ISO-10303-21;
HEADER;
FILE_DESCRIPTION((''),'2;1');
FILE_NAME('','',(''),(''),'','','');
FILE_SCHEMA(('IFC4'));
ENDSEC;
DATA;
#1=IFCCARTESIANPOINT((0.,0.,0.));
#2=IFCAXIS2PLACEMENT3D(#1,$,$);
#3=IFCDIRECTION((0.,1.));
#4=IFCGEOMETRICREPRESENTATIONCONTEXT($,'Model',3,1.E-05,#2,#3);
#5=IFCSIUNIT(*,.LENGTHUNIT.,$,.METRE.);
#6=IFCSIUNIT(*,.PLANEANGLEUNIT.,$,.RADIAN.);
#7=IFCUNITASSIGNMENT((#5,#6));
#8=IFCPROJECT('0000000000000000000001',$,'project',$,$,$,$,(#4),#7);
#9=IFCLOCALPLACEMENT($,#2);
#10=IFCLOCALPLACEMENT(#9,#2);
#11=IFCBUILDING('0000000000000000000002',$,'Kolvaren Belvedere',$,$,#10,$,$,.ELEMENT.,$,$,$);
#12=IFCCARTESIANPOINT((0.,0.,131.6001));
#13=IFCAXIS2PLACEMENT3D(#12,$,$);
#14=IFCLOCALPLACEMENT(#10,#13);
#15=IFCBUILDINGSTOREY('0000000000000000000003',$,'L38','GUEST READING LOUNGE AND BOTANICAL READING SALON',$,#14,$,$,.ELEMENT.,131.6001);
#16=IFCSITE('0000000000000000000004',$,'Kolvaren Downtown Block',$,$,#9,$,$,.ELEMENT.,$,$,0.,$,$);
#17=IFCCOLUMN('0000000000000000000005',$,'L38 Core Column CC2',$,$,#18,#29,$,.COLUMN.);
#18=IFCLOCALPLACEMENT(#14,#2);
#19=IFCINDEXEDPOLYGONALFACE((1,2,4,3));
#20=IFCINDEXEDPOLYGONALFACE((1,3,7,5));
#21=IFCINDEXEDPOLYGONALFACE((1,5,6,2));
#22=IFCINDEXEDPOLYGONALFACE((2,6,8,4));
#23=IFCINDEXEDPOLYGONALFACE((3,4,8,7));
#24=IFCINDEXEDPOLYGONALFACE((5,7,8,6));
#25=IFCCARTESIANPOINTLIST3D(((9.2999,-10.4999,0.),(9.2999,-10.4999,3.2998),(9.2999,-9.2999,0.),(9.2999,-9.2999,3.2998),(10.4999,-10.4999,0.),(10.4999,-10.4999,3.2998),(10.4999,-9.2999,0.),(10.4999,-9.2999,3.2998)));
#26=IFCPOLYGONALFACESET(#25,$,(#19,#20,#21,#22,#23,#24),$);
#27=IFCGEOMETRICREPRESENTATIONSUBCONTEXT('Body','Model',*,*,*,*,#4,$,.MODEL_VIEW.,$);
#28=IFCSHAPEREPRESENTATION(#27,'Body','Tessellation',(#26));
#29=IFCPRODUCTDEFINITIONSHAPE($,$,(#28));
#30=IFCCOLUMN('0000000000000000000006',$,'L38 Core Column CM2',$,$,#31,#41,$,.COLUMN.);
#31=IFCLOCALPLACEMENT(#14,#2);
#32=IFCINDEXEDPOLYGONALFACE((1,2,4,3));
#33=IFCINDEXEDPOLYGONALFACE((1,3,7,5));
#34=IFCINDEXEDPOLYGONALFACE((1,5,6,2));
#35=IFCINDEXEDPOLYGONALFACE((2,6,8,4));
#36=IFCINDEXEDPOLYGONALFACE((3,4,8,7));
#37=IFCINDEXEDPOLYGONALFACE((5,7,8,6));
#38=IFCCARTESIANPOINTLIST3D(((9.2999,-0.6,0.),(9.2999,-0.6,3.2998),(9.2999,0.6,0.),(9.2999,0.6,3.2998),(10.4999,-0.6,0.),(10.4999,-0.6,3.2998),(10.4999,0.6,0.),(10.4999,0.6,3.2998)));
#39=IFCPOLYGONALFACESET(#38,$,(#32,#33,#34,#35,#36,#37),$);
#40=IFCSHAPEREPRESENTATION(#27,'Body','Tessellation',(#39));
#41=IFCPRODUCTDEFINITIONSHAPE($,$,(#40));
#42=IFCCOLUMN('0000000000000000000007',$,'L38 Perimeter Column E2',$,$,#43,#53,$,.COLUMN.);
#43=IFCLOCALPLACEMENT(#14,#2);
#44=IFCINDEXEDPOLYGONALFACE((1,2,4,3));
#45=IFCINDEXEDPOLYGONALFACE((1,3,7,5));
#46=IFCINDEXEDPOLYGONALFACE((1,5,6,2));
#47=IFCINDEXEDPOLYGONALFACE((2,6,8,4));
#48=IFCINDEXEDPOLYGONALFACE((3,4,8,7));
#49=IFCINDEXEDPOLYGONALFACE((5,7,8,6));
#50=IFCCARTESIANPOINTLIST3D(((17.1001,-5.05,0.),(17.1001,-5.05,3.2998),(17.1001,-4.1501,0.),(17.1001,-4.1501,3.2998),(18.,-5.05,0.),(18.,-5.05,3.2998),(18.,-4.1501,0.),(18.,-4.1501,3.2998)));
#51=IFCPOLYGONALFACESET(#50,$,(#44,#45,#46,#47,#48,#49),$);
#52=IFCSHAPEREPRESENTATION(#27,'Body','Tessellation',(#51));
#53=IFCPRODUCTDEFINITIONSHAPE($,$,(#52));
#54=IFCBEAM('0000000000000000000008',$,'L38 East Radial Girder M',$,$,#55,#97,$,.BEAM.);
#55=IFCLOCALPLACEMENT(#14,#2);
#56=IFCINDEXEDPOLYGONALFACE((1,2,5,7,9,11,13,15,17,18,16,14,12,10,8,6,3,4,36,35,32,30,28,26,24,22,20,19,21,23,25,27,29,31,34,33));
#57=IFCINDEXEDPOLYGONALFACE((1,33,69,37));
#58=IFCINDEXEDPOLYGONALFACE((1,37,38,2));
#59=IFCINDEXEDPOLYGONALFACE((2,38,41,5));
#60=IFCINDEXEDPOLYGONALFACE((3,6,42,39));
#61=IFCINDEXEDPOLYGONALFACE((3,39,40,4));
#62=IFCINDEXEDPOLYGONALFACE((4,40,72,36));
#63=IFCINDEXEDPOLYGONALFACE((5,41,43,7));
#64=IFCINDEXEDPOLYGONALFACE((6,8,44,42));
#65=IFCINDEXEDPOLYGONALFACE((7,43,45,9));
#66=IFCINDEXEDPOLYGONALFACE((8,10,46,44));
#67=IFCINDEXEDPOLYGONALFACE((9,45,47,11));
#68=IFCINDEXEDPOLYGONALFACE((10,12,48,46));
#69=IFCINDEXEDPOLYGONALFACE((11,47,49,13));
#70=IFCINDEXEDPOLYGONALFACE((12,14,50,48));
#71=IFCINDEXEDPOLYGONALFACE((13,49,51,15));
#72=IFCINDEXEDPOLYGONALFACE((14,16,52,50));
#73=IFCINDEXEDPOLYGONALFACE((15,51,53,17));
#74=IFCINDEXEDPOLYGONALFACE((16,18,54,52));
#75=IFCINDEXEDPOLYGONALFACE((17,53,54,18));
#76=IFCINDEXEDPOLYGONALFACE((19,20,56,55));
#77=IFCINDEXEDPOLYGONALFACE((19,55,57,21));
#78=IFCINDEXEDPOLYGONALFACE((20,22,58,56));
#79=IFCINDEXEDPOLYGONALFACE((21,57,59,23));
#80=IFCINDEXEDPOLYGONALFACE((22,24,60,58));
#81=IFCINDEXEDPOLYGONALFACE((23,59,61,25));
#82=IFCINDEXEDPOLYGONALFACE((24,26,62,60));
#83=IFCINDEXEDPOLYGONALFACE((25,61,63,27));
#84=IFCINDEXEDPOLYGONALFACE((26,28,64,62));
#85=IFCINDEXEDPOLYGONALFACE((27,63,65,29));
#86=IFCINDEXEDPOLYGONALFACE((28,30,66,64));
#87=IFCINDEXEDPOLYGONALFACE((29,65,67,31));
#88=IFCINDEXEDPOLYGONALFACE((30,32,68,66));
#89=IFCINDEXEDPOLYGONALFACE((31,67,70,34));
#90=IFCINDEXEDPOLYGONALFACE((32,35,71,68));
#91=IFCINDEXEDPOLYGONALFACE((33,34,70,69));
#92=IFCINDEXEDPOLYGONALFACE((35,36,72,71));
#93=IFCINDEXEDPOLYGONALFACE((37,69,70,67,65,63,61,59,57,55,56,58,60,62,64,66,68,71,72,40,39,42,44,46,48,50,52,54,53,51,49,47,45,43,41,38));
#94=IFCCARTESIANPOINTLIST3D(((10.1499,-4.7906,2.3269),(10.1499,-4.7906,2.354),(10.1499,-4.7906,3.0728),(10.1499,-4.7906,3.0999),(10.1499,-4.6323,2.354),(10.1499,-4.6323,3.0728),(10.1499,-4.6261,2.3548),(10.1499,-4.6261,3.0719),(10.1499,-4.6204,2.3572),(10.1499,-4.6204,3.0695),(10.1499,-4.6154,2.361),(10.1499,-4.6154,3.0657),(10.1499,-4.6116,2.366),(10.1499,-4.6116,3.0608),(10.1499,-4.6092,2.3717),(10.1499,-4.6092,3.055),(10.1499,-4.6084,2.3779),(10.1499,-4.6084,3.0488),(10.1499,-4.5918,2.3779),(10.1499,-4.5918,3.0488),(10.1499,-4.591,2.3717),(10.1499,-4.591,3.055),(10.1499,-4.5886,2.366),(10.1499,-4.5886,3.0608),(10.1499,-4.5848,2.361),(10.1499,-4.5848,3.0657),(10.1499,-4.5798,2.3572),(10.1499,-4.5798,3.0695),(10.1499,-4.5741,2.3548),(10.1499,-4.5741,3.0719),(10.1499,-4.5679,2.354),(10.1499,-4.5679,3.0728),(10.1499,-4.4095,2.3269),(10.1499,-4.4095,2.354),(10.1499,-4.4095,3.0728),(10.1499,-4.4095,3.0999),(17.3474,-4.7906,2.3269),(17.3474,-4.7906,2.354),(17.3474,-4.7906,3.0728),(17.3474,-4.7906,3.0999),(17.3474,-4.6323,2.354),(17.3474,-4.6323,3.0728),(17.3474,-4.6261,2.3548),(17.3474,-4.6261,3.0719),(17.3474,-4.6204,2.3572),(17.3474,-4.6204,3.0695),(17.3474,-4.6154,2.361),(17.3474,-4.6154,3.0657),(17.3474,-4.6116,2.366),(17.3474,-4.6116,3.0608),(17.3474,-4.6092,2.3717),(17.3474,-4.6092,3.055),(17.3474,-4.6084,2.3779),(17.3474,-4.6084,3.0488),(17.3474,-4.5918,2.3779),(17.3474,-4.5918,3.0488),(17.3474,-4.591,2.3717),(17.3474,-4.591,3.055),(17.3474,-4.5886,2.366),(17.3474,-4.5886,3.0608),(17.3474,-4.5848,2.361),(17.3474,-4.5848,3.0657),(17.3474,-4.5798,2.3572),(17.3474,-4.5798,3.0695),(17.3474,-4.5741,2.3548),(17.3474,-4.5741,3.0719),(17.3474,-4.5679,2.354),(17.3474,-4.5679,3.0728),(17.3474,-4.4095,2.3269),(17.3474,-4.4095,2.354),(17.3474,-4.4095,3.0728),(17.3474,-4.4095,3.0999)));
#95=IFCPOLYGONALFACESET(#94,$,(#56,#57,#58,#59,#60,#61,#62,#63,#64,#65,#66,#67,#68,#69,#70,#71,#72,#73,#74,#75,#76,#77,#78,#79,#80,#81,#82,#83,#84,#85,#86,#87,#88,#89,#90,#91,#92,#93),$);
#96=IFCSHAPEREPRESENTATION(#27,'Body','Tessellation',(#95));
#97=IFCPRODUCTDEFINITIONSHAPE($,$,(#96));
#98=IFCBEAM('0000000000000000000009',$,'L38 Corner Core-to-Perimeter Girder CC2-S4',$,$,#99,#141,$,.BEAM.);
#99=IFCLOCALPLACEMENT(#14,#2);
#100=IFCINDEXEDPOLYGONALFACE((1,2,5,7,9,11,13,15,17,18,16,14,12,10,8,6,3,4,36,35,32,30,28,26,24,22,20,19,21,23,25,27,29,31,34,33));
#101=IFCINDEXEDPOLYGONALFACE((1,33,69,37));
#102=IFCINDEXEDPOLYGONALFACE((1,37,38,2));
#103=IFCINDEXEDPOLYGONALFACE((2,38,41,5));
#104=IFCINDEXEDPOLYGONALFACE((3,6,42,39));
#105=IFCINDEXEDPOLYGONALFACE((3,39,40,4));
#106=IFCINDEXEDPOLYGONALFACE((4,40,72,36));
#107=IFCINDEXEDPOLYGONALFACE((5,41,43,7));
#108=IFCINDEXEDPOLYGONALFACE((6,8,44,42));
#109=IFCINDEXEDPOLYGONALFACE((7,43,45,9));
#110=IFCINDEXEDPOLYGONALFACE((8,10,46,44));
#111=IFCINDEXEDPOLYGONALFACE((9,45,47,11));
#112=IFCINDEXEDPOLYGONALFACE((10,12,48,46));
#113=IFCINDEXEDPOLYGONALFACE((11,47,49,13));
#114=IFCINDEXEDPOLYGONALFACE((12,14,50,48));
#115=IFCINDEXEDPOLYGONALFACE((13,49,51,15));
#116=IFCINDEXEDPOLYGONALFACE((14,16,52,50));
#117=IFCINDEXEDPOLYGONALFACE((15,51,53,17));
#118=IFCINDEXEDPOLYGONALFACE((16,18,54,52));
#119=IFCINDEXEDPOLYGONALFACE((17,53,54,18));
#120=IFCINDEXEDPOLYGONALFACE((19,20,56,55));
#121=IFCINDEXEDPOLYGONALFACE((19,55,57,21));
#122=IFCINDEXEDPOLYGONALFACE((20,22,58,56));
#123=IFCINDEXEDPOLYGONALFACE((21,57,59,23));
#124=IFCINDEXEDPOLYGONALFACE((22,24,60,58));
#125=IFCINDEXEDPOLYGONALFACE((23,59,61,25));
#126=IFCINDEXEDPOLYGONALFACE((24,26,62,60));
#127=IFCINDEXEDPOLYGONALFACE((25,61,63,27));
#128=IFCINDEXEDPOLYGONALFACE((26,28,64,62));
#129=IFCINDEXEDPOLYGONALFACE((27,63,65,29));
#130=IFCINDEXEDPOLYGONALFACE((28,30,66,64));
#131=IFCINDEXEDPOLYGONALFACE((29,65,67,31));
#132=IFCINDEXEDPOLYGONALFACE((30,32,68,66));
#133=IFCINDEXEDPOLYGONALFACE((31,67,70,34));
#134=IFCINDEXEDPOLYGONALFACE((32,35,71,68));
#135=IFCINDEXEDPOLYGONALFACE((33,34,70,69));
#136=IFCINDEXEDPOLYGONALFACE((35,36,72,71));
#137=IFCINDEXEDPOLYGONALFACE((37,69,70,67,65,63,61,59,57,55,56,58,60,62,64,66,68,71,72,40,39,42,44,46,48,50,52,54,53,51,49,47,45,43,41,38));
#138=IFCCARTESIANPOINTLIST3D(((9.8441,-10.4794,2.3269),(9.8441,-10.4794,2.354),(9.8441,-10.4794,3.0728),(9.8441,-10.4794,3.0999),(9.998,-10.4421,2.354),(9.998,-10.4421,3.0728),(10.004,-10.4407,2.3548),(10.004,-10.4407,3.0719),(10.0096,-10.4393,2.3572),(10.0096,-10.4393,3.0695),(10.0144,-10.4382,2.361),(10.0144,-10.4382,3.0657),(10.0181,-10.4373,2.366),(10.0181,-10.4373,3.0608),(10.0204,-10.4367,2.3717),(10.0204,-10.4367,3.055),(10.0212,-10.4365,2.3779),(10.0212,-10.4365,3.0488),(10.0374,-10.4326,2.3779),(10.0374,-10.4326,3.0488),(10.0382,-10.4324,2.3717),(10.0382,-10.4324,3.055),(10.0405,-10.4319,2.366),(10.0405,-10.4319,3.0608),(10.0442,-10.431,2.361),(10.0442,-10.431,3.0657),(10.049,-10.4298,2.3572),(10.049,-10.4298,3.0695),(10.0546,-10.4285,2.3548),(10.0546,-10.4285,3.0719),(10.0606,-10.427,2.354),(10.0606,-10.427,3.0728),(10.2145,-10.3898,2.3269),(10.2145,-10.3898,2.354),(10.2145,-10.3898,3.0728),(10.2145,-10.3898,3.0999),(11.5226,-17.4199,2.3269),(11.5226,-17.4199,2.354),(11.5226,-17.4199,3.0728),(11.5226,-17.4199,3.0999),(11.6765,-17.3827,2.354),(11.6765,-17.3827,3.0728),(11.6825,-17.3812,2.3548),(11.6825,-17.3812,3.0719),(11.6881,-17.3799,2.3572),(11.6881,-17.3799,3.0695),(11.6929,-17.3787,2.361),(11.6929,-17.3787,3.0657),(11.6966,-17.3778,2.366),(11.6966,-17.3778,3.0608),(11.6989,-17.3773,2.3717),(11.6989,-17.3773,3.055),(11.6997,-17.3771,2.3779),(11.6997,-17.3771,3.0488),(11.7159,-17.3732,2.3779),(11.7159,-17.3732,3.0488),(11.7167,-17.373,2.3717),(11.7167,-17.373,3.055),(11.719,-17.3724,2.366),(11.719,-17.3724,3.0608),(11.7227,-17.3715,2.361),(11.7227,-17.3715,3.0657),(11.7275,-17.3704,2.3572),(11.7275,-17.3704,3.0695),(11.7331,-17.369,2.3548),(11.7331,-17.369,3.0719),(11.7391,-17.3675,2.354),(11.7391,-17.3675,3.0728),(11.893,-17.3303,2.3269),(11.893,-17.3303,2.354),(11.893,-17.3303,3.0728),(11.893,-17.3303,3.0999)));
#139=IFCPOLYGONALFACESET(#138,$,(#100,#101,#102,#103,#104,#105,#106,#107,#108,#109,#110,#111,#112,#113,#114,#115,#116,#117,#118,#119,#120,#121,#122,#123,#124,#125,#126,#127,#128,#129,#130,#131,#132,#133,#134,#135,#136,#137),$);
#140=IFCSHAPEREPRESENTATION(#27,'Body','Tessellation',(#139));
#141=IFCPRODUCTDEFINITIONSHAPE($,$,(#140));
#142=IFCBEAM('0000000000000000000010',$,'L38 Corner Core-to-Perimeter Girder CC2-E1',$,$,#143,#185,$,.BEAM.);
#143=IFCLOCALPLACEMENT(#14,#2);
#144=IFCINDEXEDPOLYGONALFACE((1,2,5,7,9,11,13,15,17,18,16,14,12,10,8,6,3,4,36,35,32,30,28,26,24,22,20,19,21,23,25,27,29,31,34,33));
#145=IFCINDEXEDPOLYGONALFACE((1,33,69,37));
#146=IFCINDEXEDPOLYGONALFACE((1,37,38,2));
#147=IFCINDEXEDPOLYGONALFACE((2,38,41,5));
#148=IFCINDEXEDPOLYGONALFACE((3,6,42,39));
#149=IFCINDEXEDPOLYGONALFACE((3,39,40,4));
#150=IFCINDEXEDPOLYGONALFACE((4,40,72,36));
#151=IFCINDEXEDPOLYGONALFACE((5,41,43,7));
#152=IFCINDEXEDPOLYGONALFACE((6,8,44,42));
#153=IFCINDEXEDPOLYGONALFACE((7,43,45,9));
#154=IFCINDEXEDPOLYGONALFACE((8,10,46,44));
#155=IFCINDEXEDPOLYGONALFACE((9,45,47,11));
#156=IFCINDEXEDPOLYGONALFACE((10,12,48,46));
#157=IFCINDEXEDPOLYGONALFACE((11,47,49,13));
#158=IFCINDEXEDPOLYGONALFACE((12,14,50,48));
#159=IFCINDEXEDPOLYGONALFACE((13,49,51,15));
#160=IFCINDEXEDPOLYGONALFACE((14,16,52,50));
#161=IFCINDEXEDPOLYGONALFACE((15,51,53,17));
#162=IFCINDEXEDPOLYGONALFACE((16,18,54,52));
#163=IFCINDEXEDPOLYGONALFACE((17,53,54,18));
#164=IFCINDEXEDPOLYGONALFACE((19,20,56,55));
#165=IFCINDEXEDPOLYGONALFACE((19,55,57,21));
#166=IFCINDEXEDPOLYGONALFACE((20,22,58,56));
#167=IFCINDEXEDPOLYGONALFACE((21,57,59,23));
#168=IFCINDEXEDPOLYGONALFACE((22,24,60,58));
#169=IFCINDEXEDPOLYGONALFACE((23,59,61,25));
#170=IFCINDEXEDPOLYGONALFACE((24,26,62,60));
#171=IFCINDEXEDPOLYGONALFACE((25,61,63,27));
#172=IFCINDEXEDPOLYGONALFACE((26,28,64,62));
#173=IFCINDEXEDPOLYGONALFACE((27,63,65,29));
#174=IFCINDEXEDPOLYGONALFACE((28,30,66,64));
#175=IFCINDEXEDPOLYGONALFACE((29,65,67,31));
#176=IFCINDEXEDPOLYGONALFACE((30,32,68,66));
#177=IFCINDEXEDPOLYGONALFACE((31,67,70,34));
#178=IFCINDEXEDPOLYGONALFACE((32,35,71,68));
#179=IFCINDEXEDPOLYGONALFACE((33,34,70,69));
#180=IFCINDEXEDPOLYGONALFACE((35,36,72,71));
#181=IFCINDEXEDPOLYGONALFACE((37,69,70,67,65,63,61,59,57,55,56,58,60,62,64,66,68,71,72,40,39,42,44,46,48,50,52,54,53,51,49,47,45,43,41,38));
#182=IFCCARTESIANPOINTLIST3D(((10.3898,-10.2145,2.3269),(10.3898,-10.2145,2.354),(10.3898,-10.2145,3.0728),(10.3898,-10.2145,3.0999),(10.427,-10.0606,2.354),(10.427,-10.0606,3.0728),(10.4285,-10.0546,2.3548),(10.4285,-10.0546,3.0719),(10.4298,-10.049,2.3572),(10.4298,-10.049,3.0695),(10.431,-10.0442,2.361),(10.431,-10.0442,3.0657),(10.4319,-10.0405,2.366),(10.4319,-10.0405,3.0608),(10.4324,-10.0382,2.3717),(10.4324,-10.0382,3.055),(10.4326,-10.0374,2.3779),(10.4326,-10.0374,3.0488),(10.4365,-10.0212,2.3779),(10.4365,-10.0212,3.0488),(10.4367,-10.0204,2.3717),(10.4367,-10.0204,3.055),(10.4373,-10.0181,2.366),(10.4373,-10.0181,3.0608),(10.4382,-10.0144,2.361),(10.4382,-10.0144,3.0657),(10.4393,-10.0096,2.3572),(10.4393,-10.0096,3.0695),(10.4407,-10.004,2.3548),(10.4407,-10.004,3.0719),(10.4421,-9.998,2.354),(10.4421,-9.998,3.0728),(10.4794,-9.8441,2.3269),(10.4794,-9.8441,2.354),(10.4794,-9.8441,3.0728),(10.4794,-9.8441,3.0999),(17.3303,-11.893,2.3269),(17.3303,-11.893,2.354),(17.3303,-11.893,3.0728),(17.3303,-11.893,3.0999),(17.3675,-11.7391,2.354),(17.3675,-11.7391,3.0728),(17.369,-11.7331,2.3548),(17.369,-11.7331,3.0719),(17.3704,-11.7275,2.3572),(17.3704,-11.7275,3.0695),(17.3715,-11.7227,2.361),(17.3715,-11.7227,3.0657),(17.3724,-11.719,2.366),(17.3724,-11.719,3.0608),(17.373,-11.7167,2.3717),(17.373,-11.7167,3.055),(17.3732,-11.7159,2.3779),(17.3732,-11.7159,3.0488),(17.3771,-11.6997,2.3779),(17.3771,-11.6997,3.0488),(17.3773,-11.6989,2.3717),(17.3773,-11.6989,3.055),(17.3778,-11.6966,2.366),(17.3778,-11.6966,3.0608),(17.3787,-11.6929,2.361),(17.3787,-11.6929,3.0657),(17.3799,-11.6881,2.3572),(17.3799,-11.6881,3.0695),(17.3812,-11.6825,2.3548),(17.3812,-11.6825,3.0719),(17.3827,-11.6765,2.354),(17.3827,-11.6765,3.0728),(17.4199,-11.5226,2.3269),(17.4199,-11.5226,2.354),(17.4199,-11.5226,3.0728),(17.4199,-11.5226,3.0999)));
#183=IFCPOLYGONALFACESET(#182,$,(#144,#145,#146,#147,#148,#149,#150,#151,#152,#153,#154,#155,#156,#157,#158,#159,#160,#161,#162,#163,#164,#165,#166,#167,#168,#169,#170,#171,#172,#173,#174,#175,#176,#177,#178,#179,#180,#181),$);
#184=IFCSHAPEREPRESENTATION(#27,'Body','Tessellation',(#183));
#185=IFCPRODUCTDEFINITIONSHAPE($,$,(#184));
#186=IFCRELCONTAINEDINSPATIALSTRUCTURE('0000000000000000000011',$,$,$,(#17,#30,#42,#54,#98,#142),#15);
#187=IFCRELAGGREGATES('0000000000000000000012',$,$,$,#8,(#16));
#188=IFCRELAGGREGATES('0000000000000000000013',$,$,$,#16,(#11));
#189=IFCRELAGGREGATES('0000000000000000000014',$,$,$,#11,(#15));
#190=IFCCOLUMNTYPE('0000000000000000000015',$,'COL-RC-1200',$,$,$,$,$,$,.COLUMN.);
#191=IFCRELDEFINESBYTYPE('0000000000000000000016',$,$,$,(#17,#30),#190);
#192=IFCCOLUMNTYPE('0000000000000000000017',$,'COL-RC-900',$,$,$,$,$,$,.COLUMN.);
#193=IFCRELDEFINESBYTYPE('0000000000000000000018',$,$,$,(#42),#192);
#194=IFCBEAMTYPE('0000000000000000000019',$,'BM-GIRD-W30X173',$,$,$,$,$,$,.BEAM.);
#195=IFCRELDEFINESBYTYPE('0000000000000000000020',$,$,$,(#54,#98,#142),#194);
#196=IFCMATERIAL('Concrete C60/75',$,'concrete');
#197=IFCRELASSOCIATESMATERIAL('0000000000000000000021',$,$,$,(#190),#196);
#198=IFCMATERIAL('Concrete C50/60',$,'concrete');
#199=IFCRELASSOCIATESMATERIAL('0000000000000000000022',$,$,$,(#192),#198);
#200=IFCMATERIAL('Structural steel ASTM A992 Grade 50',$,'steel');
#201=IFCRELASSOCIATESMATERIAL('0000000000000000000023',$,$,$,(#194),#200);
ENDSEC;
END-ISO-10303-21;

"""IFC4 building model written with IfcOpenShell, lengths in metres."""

from ifc_helpers import new_model, si_unit, direction, frame, origin, origin_2d, place, context, subcontext, project, spatial, rectangle, i_section, extrude, material, material_profile, profile_set, type_object, element, save


model = new_model("IFC4")

# Units and contexts
model_context = context("Model", 3, precision=1e-05, world=origin(), true_north=direction((0.0, 1.0)))
body_context = subcontext(model_context, "Body", "Model", "MODEL_VIEW")
ifc_project = project(units=[si_unit("LENGTHUNIT", "METRE"), si_unit("PLANEANGLEUNIT", "RADIAN")], contexts=[model_context])

# Site, building, storey
site_placement = place(None, origin())
site = spatial("IfcSite", under=ifc_project, at=site_placement, Name="Kolvaren Downtown Block", CompositionType="ELEMENT", RefElevation=0.0)
building_placement = place(site_placement, origin())
building = spatial("IfcBuilding", under=site, at=building_placement, Name="Kolvaren Belvedere", CompositionType="ELEMENT")
storey_placement = place(building_placement, frame((0.0, 0.0, 131.6001)))
storey = spatial("IfcBuildingStorey", under=building, at=storey_placement, Name="L38", Description="GUEST READING LOUNGE AND BOTANICAL READING SALON", CompositionType="ELEMENT", Elevation=131.6001)

# Columns
ifc_material_1 = material(Name="Concrete C60/75", Category="concrete")
ifc_material_profile_1 = material_profile(ifc_material_1, rectangle(XDim=1.2, YDim=1.2, at=origin_2d()), Name="RC 1200X1200")
ifc_profile_set_1 = profile_set([ifc_material_profile_1], Name="Concrete C60/75")
column_type_1 = type_object("IfcColumnType", Name="COL-RC-1200", PredefinedType="COLUMN", material=ifc_profile_set_1)
for number, where, z_axis, x_axis, name in (
    (1, (9.8999, -9.8999, 0.0), (0.0, 0.0, 1.0), (1.0, 0.0, 0.0), "L38 Core Column CC2"),
    (2, (9.8999, 0.0, 0.0), (0.0, 0.0, 1.0), (1.0, 0.0, 0.0), "L38 Core Column CM2"),
):
    element("IfcColumn", number, at=place(storey_placement, frame(where, z_axis=z_axis, x_axis=x_axis)), inside=storey, type_object=column_type_1, Name=name, PredefinedType="COLUMN", context=body_context, shape_type="SweptSolid", body=[
        extrude(rectangle(XDim=1.2, YDim=1.2, at=origin_2d()), origin(), (0.0, 0.0, 1.0), 3.2998),
    ])
ifc_material_2 = material(Name="Concrete C50/60", Category="concrete")
ifc_material_profile_2 = material_profile(ifc_material_2, rectangle(XDim=0.8999, YDim=0.8999, at=origin_2d()), Name="RC 900X900")
ifc_profile_set_2 = profile_set([ifc_material_profile_2], Name="Concrete C50/60")
column_type_2 = type_object("IfcColumnType", Name="COL-RC-900", PredefinedType="COLUMN", material=ifc_profile_set_2)
column_placement = place(storey_placement, frame((17.55, -4.6001, 0.0), z_axis=(0.0, 0.0, 1.0), x_axis=(1.0, 0.0, 0.0)))
element("IfcColumn", 3, at=column_placement, inside=storey, type_object=column_type_2, Name="L38 Perimeter Column E2", PredefinedType="COLUMN", context=body_context, shape_type="SweptSolid", body=[
    extrude(rectangle(XDim=0.8999, YDim=0.8999, at=origin_2d()), origin(), (0.0, 0.0, 1.0), 3.2998),
])

# Beams
ifc_material_3 = material(Name="Structural steel ASTM A992 Grade 50", Category="steel")
ifc_material_profile_3 = material_profile(ifc_material_3, i_section(OverallWidth=0.3811, OverallDepth=0.7729, WebThickness=0.0166, FlangeThickness=0.0271, FilletRadius=0.0239, at=origin_2d()), Name="W30X173")
ifc_profile_set_3 = profile_set([ifc_material_profile_3], Name="Structural steel ASTM A992 Grade 50")
beam_type_1 = type_object("IfcBeamType", Name="BM-GIRD-W30X173", PredefinedType="BEAM", material=ifc_profile_set_3)
beam_1_placement = place(storey_placement, frame((10.1499, -4.6001, 2.7134), z_axis=(1.0, 0.0, 0.0), x_axis=(0.0, 1.0, 0.0)))
element("IfcBeam", 4, at=beam_1_placement, inside=storey, type_object=beam_type_1, Name="L38 East Radial Girder M", PredefinedType="BEAM", context=body_context, shape_type="SweptSolid", body=[
    extrude(i_section(OverallWidth=0.3811, OverallDepth=0.7729, WebThickness=0.0166, FlangeThickness=0.0271, FilletRadius=0.0239, at=origin_2d()), origin(), (0.0, 0.0, 1.0), 7.1975),
])
for number, where, z_axis, x_axis, name in (
    (5, (10.0293, -10.4346, 2.7134), (0.235063, -0.97198, 0.0), (0.97198, 0.235063, 0.0), "L38 Corner Core-to-Perimeter Girder CC2-S4"),
    (6, (10.4346, -10.0293, 2.7134), (0.97198, -0.235063, 0.0), (0.235063, 0.97198, 0.0), "L38 Corner Core-to-Perimeter Girder CC2-E1"),
):
    element("IfcBeam", number, at=place(storey_placement, frame(where, z_axis=z_axis, x_axis=x_axis)), inside=storey, type_object=beam_type_1, Name=name, PredefinedType="BEAM", context=body_context, shape_type="SweptSolid", body=[
        extrude(i_section(OverallWidth=0.3811, OverallDepth=0.7729, WebThickness=0.0166, FlangeThickness=0.0271, FilletRadius=0.0239, at=origin_2d()), origin(), (0.0, 0.0, 1.0), 7.1406),
    ])

save(model, "model.ifc")
